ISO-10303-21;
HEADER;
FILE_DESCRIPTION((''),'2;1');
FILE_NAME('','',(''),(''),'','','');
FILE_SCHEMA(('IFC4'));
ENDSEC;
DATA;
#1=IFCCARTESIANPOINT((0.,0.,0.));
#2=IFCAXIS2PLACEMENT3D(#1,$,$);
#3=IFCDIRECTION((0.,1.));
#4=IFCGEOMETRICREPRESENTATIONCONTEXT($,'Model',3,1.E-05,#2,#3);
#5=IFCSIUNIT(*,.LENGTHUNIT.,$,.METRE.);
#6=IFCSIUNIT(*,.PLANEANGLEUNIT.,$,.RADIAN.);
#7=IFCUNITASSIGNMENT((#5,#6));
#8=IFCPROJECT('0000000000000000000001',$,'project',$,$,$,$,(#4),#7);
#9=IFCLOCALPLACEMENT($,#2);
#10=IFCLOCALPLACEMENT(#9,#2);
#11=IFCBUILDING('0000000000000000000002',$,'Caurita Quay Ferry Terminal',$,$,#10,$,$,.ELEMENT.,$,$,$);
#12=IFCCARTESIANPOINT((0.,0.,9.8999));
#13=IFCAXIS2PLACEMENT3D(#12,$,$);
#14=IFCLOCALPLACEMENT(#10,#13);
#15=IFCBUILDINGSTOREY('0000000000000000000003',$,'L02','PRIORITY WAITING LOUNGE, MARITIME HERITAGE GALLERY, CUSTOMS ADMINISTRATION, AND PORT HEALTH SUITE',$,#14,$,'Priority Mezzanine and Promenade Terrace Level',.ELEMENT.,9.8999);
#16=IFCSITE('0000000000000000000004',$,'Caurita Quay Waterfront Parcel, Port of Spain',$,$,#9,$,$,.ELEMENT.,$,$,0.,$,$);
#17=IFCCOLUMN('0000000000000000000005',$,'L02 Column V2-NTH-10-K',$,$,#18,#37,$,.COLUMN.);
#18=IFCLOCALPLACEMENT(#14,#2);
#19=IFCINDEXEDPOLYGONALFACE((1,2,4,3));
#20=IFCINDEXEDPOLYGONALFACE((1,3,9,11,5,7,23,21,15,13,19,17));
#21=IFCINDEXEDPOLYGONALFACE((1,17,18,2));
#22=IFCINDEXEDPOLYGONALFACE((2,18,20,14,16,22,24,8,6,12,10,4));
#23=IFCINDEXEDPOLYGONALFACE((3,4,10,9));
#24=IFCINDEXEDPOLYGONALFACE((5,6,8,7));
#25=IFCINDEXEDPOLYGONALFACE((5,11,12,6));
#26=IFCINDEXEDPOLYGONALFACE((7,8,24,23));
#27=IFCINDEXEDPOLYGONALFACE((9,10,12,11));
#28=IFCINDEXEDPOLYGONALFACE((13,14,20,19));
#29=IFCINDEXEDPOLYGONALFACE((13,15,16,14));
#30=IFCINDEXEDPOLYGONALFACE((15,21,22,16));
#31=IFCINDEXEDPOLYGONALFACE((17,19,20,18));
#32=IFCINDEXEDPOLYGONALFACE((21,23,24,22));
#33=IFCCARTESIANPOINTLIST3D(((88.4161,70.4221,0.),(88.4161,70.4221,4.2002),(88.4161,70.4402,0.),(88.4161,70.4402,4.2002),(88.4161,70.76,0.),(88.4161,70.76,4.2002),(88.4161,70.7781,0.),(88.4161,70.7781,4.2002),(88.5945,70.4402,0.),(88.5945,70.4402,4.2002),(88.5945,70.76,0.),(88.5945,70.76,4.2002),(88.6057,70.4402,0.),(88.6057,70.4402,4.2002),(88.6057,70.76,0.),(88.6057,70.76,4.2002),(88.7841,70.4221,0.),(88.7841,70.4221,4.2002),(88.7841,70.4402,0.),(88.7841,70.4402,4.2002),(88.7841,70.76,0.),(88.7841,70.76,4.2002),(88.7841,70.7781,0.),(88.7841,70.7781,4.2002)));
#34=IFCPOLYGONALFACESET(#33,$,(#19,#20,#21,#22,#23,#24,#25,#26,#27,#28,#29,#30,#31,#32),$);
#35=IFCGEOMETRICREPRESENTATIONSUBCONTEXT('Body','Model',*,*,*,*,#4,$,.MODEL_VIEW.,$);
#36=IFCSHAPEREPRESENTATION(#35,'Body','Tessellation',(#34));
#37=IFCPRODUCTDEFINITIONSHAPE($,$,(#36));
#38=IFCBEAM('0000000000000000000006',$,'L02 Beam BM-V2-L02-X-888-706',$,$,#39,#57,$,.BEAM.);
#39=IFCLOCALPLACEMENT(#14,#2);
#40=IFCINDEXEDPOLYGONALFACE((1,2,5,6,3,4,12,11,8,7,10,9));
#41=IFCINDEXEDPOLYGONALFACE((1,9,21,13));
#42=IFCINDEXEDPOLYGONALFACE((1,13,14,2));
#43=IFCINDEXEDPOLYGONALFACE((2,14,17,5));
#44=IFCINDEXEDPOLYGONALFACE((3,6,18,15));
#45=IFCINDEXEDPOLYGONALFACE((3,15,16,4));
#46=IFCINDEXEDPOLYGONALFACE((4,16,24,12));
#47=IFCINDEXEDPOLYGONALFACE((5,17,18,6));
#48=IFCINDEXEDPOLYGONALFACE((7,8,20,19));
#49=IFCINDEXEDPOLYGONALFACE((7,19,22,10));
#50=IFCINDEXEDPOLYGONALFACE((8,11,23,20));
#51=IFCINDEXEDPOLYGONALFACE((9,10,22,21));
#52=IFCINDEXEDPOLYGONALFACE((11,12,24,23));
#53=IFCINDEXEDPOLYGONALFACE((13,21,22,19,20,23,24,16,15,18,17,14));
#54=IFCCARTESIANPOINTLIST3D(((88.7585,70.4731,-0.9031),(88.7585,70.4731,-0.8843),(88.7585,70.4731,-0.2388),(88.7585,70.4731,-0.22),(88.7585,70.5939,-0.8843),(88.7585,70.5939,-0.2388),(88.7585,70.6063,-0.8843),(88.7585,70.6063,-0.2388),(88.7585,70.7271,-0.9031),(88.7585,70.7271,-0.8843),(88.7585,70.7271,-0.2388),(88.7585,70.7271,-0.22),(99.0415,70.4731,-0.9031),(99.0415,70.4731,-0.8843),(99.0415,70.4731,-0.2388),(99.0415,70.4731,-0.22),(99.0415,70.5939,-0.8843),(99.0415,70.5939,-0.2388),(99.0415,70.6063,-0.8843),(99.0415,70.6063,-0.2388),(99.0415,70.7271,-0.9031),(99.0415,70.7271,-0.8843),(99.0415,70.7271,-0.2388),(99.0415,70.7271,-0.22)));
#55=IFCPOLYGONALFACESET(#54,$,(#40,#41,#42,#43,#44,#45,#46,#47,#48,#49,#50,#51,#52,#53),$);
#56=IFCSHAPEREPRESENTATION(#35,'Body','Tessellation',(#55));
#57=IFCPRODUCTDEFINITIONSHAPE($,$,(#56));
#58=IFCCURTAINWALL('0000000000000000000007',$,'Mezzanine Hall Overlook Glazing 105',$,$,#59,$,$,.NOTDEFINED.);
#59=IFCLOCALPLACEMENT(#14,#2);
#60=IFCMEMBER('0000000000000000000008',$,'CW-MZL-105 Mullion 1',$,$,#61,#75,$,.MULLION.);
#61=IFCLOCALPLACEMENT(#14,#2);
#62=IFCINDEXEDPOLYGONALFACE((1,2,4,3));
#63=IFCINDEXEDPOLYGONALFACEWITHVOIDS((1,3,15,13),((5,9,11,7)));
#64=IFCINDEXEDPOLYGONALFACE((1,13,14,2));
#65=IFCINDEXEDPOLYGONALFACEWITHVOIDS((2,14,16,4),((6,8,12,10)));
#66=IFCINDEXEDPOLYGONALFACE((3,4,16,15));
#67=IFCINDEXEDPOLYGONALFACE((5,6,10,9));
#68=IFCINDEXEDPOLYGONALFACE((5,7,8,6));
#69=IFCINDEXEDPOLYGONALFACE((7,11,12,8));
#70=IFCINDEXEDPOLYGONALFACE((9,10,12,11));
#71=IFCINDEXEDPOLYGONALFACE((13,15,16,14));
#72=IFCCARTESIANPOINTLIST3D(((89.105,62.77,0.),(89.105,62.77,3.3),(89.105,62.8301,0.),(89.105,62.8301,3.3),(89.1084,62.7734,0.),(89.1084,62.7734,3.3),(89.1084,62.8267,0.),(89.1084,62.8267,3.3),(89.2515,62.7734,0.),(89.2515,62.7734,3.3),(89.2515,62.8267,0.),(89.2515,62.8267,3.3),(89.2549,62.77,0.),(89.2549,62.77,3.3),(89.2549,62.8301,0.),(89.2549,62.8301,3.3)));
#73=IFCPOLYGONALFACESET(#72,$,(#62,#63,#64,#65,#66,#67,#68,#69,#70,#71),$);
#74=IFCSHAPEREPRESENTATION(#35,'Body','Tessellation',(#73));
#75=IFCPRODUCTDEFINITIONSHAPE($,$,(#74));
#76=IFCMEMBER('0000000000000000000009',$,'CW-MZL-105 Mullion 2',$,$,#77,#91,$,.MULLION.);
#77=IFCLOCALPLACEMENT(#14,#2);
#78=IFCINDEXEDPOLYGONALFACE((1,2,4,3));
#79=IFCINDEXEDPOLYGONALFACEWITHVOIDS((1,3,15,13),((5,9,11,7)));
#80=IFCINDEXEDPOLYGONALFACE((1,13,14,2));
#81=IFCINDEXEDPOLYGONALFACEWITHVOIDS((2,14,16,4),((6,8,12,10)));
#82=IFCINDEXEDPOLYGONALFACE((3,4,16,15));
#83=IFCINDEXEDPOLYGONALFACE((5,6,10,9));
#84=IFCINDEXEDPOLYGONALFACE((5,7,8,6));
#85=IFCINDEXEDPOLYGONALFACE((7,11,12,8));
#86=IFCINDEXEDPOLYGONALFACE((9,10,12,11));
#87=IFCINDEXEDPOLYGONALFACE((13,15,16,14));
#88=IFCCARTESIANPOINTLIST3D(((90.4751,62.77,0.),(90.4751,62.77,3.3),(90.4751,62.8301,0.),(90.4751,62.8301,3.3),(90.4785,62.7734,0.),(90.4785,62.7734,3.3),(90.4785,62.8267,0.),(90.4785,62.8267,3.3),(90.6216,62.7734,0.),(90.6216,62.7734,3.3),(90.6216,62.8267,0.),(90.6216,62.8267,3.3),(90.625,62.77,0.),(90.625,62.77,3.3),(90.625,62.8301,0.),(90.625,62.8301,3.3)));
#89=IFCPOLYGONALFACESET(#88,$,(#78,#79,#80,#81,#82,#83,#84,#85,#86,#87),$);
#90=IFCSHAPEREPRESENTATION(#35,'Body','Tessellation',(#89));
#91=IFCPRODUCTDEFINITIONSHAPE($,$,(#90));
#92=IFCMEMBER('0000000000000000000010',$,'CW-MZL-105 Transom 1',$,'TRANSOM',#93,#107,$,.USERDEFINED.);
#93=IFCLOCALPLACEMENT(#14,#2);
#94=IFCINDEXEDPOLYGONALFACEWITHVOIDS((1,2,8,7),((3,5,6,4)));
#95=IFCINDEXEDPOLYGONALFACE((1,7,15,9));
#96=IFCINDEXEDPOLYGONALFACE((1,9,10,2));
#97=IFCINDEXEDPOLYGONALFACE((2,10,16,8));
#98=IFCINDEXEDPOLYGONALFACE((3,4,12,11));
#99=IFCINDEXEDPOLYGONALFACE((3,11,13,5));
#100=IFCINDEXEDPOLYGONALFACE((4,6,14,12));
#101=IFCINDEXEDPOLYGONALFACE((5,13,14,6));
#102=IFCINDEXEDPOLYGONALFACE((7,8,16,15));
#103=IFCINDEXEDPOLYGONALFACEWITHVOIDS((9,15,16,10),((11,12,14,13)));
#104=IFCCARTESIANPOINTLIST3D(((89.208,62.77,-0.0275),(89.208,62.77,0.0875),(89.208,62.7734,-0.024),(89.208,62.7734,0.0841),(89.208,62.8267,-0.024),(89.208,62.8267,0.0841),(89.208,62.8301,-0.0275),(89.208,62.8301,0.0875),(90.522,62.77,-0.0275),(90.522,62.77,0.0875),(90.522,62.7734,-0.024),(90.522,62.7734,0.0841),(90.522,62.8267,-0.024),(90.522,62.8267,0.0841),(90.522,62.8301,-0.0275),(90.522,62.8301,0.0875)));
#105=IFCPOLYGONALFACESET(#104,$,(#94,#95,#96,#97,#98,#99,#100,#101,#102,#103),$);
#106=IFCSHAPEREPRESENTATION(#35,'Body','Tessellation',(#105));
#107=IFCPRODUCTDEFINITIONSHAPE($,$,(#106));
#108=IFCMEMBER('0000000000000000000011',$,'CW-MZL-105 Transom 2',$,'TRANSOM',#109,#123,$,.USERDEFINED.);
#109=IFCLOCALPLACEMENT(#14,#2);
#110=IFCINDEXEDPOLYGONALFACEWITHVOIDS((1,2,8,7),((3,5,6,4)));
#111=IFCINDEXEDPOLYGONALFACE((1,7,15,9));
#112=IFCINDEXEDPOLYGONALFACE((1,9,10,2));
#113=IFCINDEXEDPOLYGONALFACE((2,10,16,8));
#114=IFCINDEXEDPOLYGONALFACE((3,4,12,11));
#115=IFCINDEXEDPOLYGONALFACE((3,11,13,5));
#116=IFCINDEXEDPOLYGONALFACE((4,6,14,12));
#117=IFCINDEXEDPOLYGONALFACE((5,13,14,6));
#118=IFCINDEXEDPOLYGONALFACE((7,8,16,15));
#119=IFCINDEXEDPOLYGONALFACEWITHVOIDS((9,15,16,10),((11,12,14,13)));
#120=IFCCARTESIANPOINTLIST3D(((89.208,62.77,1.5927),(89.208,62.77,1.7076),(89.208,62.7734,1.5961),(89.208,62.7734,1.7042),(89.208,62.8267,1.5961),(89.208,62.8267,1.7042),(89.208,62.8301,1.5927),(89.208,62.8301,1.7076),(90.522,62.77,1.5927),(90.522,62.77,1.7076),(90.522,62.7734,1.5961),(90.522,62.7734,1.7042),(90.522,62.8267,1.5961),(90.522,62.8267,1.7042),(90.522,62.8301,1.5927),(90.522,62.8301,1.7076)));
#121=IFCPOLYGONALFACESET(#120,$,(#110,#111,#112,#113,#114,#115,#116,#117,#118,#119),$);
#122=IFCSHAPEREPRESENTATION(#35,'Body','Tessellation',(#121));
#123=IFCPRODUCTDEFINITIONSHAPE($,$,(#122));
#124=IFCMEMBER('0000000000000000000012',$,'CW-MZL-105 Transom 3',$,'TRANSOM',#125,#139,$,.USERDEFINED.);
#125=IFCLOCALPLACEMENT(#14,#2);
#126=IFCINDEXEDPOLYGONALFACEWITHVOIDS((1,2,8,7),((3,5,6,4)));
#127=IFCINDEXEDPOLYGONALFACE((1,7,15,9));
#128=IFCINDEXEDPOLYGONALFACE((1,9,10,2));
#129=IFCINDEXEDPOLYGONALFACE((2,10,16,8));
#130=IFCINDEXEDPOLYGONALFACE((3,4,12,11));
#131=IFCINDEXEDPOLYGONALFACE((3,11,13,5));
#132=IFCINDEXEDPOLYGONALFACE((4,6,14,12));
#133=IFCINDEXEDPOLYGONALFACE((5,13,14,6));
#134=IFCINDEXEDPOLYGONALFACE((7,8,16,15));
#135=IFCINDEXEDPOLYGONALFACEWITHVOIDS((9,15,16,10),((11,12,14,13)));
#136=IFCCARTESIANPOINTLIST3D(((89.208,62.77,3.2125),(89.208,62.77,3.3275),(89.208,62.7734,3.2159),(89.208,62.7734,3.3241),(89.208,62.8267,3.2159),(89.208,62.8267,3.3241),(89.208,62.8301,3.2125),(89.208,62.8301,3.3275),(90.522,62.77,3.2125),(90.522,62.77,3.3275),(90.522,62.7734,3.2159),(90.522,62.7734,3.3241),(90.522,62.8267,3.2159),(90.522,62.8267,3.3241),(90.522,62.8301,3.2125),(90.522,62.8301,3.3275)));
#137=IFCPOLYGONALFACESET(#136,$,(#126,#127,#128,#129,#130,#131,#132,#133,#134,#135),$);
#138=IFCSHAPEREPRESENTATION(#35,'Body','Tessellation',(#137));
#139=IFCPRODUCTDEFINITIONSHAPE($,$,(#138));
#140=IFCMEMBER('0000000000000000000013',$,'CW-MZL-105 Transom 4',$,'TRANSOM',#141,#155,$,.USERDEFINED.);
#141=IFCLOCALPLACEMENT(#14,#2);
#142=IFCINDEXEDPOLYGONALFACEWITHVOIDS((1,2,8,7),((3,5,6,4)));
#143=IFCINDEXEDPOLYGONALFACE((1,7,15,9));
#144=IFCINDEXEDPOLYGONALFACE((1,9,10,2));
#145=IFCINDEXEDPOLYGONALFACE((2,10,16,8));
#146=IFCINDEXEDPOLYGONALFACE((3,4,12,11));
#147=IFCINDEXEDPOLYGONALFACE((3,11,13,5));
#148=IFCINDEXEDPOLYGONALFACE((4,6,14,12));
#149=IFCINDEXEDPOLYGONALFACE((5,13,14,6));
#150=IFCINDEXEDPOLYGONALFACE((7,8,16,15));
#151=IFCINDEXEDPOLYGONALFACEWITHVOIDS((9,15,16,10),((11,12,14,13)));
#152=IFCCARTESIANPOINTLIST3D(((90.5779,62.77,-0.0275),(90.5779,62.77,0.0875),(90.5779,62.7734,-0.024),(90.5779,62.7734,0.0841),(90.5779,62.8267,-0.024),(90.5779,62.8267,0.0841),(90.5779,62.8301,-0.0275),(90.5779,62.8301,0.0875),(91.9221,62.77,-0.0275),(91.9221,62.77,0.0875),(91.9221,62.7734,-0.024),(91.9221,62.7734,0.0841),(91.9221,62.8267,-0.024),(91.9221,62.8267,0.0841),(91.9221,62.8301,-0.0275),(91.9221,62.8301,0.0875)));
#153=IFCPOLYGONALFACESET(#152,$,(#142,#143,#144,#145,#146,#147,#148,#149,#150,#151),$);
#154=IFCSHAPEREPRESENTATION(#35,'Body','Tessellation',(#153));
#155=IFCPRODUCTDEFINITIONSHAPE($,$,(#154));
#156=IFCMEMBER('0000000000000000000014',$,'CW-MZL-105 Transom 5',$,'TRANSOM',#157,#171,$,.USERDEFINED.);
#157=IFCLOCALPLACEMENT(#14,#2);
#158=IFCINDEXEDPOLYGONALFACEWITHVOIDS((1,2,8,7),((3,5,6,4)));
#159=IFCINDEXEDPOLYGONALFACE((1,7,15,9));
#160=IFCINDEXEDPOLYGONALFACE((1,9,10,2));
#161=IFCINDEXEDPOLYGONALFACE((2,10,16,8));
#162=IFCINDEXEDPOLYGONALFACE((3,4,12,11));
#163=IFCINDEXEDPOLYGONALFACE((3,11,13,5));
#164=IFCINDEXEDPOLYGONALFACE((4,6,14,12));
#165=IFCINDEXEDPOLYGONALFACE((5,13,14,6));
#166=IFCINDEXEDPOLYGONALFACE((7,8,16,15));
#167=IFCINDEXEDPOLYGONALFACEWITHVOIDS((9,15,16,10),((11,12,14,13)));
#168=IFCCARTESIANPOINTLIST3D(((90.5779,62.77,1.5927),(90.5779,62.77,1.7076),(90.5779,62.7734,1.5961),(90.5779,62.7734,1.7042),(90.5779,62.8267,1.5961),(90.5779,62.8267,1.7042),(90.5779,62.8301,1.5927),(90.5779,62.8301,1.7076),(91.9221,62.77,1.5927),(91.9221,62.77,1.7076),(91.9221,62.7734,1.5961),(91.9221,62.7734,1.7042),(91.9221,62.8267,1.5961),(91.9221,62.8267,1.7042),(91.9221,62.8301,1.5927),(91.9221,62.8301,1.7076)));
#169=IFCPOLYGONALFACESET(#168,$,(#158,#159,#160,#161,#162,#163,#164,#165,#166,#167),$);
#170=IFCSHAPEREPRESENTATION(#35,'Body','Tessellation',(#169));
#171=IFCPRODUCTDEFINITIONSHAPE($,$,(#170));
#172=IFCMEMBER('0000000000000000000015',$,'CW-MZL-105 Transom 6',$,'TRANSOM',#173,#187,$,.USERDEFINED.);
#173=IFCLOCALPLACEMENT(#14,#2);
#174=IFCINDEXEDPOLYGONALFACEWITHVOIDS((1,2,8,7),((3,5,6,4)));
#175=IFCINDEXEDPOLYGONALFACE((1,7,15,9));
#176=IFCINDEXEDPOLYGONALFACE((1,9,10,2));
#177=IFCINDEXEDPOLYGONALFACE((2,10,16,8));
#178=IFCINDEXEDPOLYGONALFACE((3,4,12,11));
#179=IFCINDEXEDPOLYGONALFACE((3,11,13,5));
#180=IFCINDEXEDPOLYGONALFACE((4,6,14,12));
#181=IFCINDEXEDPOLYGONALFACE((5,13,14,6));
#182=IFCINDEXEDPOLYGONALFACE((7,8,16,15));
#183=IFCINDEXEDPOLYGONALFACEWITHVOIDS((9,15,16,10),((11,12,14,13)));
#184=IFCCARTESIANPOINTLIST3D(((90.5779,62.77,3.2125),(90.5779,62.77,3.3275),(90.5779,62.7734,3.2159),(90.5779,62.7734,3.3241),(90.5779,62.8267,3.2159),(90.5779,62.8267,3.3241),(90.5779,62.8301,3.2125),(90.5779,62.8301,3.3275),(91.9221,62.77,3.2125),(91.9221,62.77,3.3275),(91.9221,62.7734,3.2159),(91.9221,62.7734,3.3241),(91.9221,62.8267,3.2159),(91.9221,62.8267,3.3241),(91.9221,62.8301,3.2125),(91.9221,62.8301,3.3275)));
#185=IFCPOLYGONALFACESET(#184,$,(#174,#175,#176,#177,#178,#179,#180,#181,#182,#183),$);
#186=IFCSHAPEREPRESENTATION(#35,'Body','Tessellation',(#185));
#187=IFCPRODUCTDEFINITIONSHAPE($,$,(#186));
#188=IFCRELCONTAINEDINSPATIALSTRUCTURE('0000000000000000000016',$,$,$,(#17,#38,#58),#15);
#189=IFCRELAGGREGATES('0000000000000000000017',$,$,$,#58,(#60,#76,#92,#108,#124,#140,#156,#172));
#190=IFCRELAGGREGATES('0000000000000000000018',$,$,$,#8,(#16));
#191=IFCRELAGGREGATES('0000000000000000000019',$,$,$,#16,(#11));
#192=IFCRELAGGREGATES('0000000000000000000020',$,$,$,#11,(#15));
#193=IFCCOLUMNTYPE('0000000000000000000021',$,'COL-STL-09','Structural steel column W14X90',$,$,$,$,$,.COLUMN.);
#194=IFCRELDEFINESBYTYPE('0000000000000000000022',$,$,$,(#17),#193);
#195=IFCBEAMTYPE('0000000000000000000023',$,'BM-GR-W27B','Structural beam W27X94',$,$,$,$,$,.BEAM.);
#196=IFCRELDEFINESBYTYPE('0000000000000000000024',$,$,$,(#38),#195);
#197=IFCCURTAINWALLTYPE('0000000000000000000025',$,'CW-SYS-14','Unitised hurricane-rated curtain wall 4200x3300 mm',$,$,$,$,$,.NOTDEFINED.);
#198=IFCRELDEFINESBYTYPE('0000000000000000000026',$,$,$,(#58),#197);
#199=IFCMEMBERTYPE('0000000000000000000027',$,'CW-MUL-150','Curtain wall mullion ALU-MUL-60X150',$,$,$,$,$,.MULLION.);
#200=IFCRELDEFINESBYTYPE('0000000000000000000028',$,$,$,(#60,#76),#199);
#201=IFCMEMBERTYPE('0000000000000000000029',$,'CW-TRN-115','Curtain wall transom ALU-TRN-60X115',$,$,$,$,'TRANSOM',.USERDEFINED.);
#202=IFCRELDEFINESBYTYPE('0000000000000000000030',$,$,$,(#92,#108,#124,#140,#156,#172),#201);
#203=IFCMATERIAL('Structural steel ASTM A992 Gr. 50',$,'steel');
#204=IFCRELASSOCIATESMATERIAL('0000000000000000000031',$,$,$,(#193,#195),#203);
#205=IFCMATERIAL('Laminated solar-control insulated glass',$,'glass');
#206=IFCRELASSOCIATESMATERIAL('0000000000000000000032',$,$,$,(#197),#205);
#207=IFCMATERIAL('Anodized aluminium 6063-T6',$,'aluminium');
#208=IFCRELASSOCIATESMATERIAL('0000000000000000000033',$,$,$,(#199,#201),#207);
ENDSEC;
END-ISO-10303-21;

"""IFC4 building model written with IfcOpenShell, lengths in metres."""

from ifc_helpers import new_model, si_unit, direction, frame, origin, origin_2d, place, context, subcontext, project, spatial, hollow_rectangle, i_section, extrude, material, material_profile, profile_set, type_object, element, aggregate, save


model = new_model("IFC4")

# Units and contexts
model_context = context("Model", 3, precision=1e-05, world=origin(), true_north=direction((0.0, 1.0)))
body_context = subcontext(model_context, "Body", "Model", "MODEL_VIEW")
ifc_project = project(units=[si_unit("LENGTHUNIT", "METRE"), si_unit("PLANEANGLEUNIT", "RADIAN")], contexts=[model_context])

# Site, building, storey
site_placement = place(None, origin())
site = spatial("IfcSite", under=ifc_project, at=site_placement, Name="Caurita Quay Waterfront Parcel, Port of Spain", CompositionType="ELEMENT", RefElevation=0.0)
building_placement = place(site_placement, origin())
building = spatial("IfcBuilding", under=site, at=building_placement, Name="Caurita Quay Ferry Terminal", CompositionType="ELEMENT")
storey_placement = place(building_placement, frame((0.0, 0.0, 9.8999)))
storey = spatial("IfcBuildingStorey", under=building, at=storey_placement, Name="L02", Description="PRIORITY WAITING LOUNGE, MARITIME HERITAGE GALLERY, CUSTOMS ADMINISTRATION, AND PORT HEALTH SUITE", LongName="Priority Mezzanine and Promenade Terrace Level", CompositionType="ELEMENT", Elevation=9.8999)

# Column
ifc_material_1 = material(Name="Structural steel ASTM A992 Gr. 50", Category="steel")
ifc_material_profile_1 = material_profile(ifc_material_1, i_section(OverallWidth=0.3679, OverallDepth=0.356, WebThickness=0.0112, FlangeThickness=0.0181, at=origin_2d()), Name="W14X90")
ifc_profile_set_1 = profile_set([ifc_material_profile_1], Name="Structural steel ASTM A992 Gr. 50")
column_type = type_object("IfcColumnType", Name="COL-STL-09", Description="Structural steel column W14X90", PredefinedType="COLUMN", material=ifc_profile_set_1)
column_placement = place(storey_placement, frame((88.6001, 70.6001, 0.0), z_axis=(0.0, 0.0, 1.0), x_axis=(1.0, 0.0, 0.0)))
element("IfcColumn", 1, at=column_placement, inside=storey, type_object=column_type, Name="L02 Column V2-NTH-10-K", PredefinedType="COLUMN", context=body_context, shape_type="SweptSolid", body=[
    extrude(i_section(OverallWidth=0.3679, OverallDepth=0.356, WebThickness=0.0112, FlangeThickness=0.0181, at=origin_2d()), origin(), (0.0, 0.0, 1.0), 4.2002),
])

# Beam
ifc_material_profile_2 = material_profile(ifc_material_1, i_section(OverallWidth=0.2539, OverallDepth=0.6831, WebThickness=0.0125, FlangeThickness=0.0188, at=origin_2d()), Name="W27X94")
ifc_profile_set_2 = profile_set([ifc_material_profile_2], Name="Structural steel ASTM A992 Gr. 50")
beam_type_1 = type_object("IfcBeamType", Name="BM-GR-W27B", Description="Structural beam W27X94", PredefinedType="BEAM", material=ifc_profile_set_2)
beam_1_placement = place(storey_placement, frame((88.7585, 70.6001, -0.5615), z_axis=(1.0, 0.0, 0.0), x_axis=(0.0, 1.0, 0.0)))
element("IfcBeam", 2, at=beam_1_placement, inside=storey, type_object=beam_type_1, Name="L02 Beam BM-V2-L02-X-888-706", PredefinedType="BEAM", context=body_context, shape_type="SweptSolid", body=[
    extrude(i_section(OverallWidth=0.2539, OverallDepth=0.6831, WebThickness=0.0125, FlangeThickness=0.0188, at=origin_2d()), origin(), (0.0, 0.0, 1.0), 10.283),
])

# Curtain wall, members
ifc_material_2 = material(Name="Laminated solar-control insulated glass", Category="glass")
curtain_wall_type = type_object("IfcCurtainWallType", Name="CW-SYS-14", Description="Unitised hurricane-rated curtain wall 4200x3300 mm", PredefinedType="NOTDEFINED", material=ifc_material_2)
curtain_wall_placement = place(storey_placement, origin())
curtain_wall = element("IfcCurtainWall", 3, at=curtain_wall_placement, inside=storey, type_object=curtain_wall_type, Name="Mezzanine Hall Overlook Glazing 105", PredefinedType="NOTDEFINED")
ifc_material_3 = material(Name="Anodized aluminium 6063-T6", Category="aluminium")
ifc_material_profile_3 = material_profile(ifc_material_3, hollow_rectangle(XDim=0.0601, YDim=0.1499, WallThickness=0.0034, at=origin_2d()), Name="ALU-MUL-60X150")
ifc_profile_set_3 = profile_set([ifc_material_profile_3], Name="Anodized aluminium 6063-T6")
member_type_1 = type_object("IfcMemberType", Name="CW-MUL-150", Description="Curtain wall mullion ALU-MUL-60X150", PredefinedType="MULLION", material=ifc_profile_set_3)
member_1_placement = place(storey_placement, frame((89.1799, 62.8, 0.0), z_axis=(0.0, 0.0, 1.0), x_axis=(0.0, 1.0, 0.0)))
member_1 = element("IfcMember", 4, at=member_1_placement, type_object=member_type_1, Name="CW-MZL-105 Mullion 1", PredefinedType="MULLION", context=body_context, shape_type="SweptSolid", body=[
    extrude(hollow_rectangle(XDim=0.0601, YDim=0.1499, WallThickness=0.0034, at=origin_2d()), origin(), (0.0, 0.0, 1.0), 3.3),
])
member_2_placement = place(storey_placement, frame((90.55, 62.8, 0.0), z_axis=(0.0, 0.0, 1.0), x_axis=(0.0, 1.0, 0.0)))
member_2 = element("IfcMember", 5, at=member_2_placement, type_object=member_type_1, Name="CW-MZL-105 Mullion 2", PredefinedType="MULLION", context=body_context, shape_type="SweptSolid", body=[
    extrude(hollow_rectangle(XDim=0.0601, YDim=0.1499, WallThickness=0.0034, at=origin_2d()), origin(), (0.0, 0.0, 1.0), 3.3),
])
ifc_material_profile_4 = material_profile(ifc_material_3, hollow_rectangle(XDim=0.0601, YDim=0.115, WallThickness=0.0034, at=origin_2d()), Name="ALU-TRN-60X115")
ifc_profile_set_4 = profile_set([ifc_material_profile_4], Name="Anodized aluminium 6063-T6")
member_type_2 = type_object("IfcMemberType", Name="CW-TRN-115", Description="Curtain wall transom ALU-TRN-60X115", ElementType="TRANSOM", PredefinedType="USERDEFINED", material=ifc_profile_set_4)
member_3_placement = place(storey_placement, frame((89.208, 62.8, 0.03), z_axis=(1.0, 0.0, 0.0), x_axis=(0.0, 1.0, 0.0)))
member_3 = element("IfcMember", 6, at=member_3_placement, type_object=member_type_2, Name="CW-MZL-105 Transom 1", ObjectType="TRANSOM", PredefinedType="USERDEFINED", context=body_context, shape_type="SweptSolid", body=[
    extrude(hollow_rectangle(XDim=0.0601, YDim=0.115, WallThickness=0.0034, at=origin_2d()), origin(), (0.0, 0.0, 1.0), 1.314),
])
member_4_placement = place(storey_placement, frame((89.208, 62.8, 1.6501), z_axis=(1.0, 0.0, 0.0), x_axis=(0.0, 1.0, 0.0)))
member_4 = element("IfcMember", 7, at=member_4_placement, type_object=member_type_2, Name="CW-MZL-105 Transom 2", ObjectType="TRANSOM", PredefinedType="USERDEFINED", context=body_context, shape_type="SweptSolid", body=[
    extrude(hollow_rectangle(XDim=0.0601, YDim=0.115, WallThickness=0.0034, at=origin_2d()), origin(), (0.0, 0.0, 1.0), 1.314),
])
member_5_placement = place(storey_placement, frame((89.208, 62.8, 3.27), z_axis=(1.0, 0.0, 0.0), x_axis=(0.0, 1.0, 0.0)))
member_5 = element("IfcMember", 8, at=member_5_placement, type_object=member_type_2, Name="CW-MZL-105 Transom 3", ObjectType="TRANSOM", PredefinedType="USERDEFINED", context=body_context, shape_type="SweptSolid", body=[
    extrude(hollow_rectangle(XDim=0.0601, YDim=0.115, WallThickness=0.0034, at=origin_2d()), origin(), (0.0, 0.0, 1.0), 1.314),
])
member_6_placement = place(storey_placement, frame((90.5779, 62.8, 0.03), z_axis=(1.0, 0.0, 0.0), x_axis=(0.0, 1.0, 0.0)))
member_6 = element("IfcMember", 9, at=member_6_placement, type_object=member_type_2, Name="CW-MZL-105 Transom 4", ObjectType="TRANSOM", PredefinedType="USERDEFINED", context=body_context, shape_type="SweptSolid", body=[
    extrude(hollow_rectangle(XDim=0.0601, YDim=0.115, WallThickness=0.0034, at=origin_2d()), origin(), (0.0, 0.0, 1.0), 1.3442),
])
member_7_placement = place(storey_placement, frame((90.5779, 62.8, 1.6501), z_axis=(1.0, 0.0, 0.0), x_axis=(0.0, 1.0, 0.0)))
member_7 = element("IfcMember", 10, at=member_7_placement, type_object=member_type_2, Name="CW-MZL-105 Transom 5", ObjectType="TRANSOM", PredefinedType="USERDEFINED", context=body_context, shape_type="SweptSolid", body=[
    extrude(hollow_rectangle(XDim=0.0601, YDim=0.115, WallThickness=0.0034, at=origin_2d()), origin(), (0.0, 0.0, 1.0), 1.3442),
])
member_8_placement = place(storey_placement, frame((90.5779, 62.8, 3.27), z_axis=(1.0, 0.0, 0.0), x_axis=(0.0, 1.0, 0.0)))
member_8 = element("IfcMember", 11, at=member_8_placement, type_object=member_type_2, Name="CW-MZL-105 Transom 6", ObjectType="TRANSOM", PredefinedType="USERDEFINED", context=body_context, shape_type="SweptSolid", body=[
    extrude(hollow_rectangle(XDim=0.0601, YDim=0.115, WallThickness=0.0034, at=origin_2d()), origin(), (0.0, 0.0, 1.0), 1.3442),
])

aggregate(curtain_wall, [member_1, member_2, member_3, member_4, member_5, member_6, member_7, member_8])

save(model, "model.ifc")
